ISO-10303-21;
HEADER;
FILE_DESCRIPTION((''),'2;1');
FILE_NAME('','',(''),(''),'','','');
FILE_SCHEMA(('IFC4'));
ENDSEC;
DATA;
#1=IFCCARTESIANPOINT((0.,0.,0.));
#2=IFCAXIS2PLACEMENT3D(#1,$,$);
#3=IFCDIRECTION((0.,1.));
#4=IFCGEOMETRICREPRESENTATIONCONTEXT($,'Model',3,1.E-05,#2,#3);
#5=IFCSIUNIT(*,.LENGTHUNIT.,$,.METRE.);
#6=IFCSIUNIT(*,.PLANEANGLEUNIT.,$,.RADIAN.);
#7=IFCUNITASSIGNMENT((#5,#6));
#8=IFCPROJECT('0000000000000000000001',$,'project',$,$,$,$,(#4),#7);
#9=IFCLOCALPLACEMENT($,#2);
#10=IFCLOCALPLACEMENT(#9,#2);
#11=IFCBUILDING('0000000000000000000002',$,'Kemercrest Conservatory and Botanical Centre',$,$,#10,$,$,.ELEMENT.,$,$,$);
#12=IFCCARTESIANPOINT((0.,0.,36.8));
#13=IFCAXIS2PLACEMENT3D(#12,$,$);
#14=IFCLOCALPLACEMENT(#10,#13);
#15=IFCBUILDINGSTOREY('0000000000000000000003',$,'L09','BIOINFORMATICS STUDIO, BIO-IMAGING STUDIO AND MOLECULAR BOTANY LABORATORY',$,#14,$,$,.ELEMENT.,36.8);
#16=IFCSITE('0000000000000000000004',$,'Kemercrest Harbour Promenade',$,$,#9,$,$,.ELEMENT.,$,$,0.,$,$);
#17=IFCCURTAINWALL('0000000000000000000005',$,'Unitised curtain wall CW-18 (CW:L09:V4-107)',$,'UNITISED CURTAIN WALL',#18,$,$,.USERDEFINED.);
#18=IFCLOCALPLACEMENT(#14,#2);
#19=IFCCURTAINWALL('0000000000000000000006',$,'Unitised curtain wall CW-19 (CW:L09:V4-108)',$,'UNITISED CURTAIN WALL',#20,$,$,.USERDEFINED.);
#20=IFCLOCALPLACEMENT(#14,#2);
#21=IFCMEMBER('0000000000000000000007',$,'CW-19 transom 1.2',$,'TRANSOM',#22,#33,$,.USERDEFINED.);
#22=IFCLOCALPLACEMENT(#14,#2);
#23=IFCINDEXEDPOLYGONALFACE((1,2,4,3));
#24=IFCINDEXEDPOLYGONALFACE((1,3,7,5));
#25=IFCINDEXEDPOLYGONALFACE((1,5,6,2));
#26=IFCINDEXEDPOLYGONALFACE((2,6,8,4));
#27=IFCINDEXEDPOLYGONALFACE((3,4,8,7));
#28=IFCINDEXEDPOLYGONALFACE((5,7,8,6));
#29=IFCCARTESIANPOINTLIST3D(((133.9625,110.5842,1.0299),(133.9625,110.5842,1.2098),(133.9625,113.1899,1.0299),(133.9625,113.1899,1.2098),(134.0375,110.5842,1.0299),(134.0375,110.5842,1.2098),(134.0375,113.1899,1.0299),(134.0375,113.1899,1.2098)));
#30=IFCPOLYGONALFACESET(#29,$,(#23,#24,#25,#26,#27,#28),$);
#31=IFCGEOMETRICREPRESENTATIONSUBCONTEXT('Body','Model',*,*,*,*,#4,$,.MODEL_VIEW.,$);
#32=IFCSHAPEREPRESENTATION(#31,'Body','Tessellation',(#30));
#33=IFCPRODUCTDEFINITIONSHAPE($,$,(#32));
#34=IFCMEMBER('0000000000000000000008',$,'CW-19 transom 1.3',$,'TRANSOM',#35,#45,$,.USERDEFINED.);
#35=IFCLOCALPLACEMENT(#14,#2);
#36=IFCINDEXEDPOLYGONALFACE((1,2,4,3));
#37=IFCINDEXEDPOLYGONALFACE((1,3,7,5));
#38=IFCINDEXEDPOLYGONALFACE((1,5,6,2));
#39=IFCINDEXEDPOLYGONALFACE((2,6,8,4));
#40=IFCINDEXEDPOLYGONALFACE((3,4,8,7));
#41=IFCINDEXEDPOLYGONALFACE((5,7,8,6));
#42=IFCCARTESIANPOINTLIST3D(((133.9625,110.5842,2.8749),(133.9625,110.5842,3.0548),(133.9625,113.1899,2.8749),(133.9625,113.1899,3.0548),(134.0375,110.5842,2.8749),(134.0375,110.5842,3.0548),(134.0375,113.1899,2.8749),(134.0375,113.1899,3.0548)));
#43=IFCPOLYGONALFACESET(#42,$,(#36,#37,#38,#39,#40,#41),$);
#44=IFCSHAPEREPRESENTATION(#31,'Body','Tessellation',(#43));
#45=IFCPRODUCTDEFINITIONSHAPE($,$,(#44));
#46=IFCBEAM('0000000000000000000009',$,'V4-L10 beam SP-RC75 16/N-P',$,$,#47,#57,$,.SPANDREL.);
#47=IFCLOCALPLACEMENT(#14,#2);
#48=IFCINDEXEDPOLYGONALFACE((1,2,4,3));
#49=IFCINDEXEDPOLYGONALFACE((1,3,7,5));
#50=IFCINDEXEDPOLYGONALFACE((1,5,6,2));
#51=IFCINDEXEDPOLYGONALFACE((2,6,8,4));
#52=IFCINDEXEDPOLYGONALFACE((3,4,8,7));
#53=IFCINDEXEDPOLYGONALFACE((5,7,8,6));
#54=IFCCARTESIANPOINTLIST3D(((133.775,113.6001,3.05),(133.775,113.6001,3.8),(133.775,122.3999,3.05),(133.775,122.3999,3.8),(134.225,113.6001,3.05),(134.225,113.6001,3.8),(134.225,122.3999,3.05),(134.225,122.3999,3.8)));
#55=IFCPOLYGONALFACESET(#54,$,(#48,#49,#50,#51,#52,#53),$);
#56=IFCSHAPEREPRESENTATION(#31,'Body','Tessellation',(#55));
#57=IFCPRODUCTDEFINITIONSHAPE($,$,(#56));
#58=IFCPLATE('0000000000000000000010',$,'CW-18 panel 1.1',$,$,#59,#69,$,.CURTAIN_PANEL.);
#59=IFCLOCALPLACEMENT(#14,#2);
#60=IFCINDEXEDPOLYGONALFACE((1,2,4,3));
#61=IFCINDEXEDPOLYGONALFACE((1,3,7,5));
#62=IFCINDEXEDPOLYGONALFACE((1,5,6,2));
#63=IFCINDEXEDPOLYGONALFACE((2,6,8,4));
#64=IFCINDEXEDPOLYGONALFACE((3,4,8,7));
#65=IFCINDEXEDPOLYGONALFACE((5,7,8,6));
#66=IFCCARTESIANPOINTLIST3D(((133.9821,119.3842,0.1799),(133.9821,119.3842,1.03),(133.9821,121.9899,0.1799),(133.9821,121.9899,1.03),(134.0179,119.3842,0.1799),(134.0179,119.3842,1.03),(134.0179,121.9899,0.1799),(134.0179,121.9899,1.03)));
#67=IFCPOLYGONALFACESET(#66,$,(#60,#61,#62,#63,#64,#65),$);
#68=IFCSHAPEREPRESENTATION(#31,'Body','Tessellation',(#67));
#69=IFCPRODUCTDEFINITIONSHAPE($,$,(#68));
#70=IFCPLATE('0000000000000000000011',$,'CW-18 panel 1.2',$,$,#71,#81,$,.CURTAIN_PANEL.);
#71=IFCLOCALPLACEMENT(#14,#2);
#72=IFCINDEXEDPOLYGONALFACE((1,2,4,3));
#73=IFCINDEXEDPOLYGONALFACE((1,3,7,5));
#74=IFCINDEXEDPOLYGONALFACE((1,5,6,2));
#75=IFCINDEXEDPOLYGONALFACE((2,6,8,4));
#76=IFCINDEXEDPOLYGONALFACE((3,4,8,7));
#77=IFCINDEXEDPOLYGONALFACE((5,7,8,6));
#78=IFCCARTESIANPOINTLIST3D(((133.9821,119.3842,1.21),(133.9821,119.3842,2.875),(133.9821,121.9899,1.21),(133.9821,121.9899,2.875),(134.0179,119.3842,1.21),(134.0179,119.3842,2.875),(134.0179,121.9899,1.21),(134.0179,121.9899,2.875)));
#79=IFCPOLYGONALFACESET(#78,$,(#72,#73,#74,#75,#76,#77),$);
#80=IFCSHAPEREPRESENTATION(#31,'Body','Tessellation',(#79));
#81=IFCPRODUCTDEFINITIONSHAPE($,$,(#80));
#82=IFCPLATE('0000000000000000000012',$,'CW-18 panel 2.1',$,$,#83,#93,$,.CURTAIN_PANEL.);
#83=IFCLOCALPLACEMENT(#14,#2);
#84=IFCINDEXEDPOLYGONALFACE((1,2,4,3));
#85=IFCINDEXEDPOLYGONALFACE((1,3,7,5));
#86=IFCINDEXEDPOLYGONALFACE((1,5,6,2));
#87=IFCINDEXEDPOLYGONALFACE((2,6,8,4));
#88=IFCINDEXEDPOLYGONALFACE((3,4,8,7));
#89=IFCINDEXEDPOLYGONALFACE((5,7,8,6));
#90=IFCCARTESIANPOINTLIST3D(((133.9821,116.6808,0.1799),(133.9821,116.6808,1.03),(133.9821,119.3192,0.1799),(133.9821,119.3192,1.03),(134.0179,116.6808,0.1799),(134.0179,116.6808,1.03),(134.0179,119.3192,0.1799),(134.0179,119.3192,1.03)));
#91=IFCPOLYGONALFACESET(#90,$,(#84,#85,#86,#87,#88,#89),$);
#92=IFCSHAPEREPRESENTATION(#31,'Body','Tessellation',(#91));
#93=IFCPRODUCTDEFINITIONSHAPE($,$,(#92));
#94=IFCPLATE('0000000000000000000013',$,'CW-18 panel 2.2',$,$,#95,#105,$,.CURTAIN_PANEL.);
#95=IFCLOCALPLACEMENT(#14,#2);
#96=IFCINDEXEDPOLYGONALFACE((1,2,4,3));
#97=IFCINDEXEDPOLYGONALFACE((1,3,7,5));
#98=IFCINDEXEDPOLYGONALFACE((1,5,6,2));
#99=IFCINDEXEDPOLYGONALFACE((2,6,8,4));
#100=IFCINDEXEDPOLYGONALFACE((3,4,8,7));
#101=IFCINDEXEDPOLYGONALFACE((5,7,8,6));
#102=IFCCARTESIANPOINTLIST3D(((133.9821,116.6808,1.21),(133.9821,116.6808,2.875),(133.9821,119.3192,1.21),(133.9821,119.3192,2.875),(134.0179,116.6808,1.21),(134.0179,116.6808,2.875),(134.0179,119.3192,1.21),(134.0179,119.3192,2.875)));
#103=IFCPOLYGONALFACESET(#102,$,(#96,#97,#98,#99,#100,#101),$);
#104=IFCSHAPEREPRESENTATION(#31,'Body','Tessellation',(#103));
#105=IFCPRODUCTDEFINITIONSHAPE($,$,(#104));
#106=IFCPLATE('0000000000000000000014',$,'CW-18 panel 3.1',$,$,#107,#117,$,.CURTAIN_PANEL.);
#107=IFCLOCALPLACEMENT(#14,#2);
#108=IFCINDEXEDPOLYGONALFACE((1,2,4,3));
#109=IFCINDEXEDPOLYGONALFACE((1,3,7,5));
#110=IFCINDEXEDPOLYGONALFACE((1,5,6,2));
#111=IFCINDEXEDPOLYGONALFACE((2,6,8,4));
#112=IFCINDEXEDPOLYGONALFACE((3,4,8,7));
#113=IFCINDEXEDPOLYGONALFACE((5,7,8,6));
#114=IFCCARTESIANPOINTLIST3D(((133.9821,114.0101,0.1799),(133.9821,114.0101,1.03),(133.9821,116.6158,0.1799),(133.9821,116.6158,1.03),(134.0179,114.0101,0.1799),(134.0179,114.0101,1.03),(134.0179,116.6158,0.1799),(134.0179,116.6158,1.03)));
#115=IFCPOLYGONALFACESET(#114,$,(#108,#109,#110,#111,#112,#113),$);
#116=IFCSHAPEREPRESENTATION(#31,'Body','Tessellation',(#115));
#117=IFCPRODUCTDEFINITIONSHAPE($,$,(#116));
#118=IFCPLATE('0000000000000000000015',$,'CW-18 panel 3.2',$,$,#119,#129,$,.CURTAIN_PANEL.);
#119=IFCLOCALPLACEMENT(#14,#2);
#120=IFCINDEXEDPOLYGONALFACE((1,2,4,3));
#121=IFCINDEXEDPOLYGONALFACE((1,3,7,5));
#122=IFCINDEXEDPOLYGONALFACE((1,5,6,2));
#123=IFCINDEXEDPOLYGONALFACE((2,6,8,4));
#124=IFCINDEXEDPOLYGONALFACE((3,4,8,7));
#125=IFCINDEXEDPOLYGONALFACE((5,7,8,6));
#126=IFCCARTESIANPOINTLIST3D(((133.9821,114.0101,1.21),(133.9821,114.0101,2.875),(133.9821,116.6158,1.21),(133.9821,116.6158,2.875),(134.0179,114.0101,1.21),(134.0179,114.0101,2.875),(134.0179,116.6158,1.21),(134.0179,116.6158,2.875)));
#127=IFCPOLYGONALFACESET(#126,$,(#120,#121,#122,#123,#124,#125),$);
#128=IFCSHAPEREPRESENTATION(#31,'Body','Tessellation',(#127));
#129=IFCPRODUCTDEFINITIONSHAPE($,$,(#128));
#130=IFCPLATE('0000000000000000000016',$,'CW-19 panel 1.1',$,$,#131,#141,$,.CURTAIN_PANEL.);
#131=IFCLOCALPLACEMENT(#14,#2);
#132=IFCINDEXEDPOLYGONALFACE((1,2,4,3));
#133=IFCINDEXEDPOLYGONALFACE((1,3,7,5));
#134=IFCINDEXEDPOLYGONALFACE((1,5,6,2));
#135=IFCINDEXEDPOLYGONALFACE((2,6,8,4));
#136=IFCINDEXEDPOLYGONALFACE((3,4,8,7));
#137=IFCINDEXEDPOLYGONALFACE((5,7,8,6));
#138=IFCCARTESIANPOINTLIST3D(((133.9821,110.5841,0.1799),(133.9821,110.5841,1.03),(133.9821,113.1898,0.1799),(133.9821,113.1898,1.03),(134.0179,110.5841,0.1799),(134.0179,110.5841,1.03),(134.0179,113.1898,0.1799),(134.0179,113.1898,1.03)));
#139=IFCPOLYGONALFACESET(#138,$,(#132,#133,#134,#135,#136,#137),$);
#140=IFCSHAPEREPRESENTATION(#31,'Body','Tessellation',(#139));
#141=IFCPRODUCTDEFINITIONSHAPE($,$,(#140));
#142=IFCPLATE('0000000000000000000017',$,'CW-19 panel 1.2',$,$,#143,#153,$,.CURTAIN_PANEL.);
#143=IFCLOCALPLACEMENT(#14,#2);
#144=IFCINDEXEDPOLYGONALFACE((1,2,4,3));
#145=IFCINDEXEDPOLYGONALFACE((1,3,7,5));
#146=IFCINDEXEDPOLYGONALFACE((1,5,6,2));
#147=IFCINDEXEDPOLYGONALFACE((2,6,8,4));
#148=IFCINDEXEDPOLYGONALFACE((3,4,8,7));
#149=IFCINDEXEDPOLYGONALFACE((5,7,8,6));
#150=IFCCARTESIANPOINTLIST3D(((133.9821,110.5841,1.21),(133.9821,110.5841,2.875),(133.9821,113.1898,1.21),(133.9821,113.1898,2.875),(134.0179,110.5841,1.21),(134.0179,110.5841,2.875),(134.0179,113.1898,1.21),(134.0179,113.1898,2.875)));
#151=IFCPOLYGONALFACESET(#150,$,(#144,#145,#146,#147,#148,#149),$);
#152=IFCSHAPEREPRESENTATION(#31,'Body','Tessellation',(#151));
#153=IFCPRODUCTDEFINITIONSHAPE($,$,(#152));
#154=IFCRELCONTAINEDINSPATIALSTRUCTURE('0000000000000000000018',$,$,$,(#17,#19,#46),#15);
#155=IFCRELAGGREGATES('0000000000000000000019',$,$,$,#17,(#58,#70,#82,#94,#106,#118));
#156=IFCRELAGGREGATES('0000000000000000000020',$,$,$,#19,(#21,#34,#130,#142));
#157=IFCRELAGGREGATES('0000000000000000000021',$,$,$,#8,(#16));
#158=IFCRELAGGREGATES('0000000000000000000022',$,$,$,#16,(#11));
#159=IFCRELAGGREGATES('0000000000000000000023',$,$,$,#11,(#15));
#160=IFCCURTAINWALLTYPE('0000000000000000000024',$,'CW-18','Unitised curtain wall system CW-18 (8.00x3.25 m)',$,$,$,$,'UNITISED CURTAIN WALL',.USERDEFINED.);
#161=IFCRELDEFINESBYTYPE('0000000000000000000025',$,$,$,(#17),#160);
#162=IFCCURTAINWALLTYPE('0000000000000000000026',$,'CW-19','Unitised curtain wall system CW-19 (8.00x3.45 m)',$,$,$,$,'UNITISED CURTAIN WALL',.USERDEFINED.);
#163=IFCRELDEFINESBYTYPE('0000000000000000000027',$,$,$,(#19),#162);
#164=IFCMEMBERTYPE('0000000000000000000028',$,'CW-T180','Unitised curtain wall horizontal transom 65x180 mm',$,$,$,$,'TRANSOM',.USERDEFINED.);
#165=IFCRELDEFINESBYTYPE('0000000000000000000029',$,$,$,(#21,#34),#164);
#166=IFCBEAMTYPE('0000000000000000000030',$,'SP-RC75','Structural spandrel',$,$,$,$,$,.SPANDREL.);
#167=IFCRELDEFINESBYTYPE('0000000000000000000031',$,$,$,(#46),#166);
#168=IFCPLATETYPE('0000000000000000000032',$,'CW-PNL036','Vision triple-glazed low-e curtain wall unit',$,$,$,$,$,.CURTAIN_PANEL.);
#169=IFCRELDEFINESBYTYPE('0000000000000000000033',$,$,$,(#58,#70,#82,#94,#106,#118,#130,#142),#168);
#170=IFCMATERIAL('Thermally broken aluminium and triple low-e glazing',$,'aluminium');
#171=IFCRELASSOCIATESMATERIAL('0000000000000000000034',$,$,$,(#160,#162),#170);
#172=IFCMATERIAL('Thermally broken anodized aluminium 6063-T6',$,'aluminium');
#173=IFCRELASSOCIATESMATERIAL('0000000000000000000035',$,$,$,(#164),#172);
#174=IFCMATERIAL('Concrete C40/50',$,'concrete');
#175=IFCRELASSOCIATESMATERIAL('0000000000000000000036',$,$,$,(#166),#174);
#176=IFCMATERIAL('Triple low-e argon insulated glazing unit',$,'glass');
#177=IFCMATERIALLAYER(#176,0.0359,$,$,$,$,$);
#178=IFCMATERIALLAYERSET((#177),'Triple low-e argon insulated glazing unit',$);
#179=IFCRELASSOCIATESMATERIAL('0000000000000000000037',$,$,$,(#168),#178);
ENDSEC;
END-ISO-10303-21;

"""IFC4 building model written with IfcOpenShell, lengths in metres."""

from ifc_helpers import new_model, si_unit, direction, frame, origin, origin_2d, place, context, subcontext, project, spatial, rectangle, extrude, material, layer, layer_set, material_profile, profile_set, type_object, element, aggregate, save


model = new_model("IFC4")

# Units and contexts
model_context = context("Model", 3, precision=1e-05, world=origin(), true_north=direction((0.0, 1.0)))
body_context = subcontext(model_context, "Body", "Model", "MODEL_VIEW")
ifc_project = project(units=[si_unit("LENGTHUNIT", "METRE"), si_unit("PLANEANGLEUNIT", "RADIAN")], contexts=[model_context])

# Site, building, storey
site_placement = place(None, origin())
site = spatial("IfcSite", under=ifc_project, at=site_placement, Name="Kemercrest Harbour Promenade", CompositionType="ELEMENT", RefElevation=0.0)
building_placement = place(site_placement, origin())
building = spatial("IfcBuilding", under=site, at=building_placement, Name="Kemercrest Conservatory and Botanical Centre", CompositionType="ELEMENT")
storey_placement = place(building_placement, frame((0.0, 0.0, 36.8)))
storey = spatial("IfcBuildingStorey", under=building, at=storey_placement, Name="L09", Description="BIOINFORMATICS STUDIO, BIO-IMAGING STUDIO AND MOLECULAR BOTANY LABORATORY", CompositionType="ELEMENT", Elevation=36.8)

# Curtain wall
ifc_material_1 = material(Name="Thermally broken aluminium and triple low-e glazing", Category="aluminium")
curtain_wall_type_1 = type_object("IfcCurtainWallType", Name="CW-18", Description="Unitised curtain wall system CW-18 (8.00x3.25 m)", ElementType="UNITISED CURTAIN WALL", PredefinedType="USERDEFINED", material=ifc_material_1)
curtain_wall_1_placement = place(storey_placement, origin())
curtain_wall_1 = element("IfcCurtainWall", 1, at=curtain_wall_1_placement, inside=storey, type_object=curtain_wall_type_1, Name="Unitised curtain wall CW-18 (CW:L09:V4-107)", ObjectType="UNITISED CURTAIN WALL", PredefinedType="USERDEFINED")
ifc_material_2 = material(Name="Thermally broken anodized aluminium 6063-T6", Category="aluminium")

# Curtain wall
curtain_wall_type_2 = type_object("IfcCurtainWallType", Name="CW-19", Description="Unitised curtain wall system CW-19 (8.00x3.45 m)", ElementType="UNITISED CURTAIN WALL", PredefinedType="USERDEFINED", material=ifc_material_1)
curtain_wall_2_placement = place(storey_placement, origin())
curtain_wall_2 = element("IfcCurtainWall", 2, at=curtain_wall_2_placement, inside=storey, type_object=curtain_wall_type_2, Name="Unitised curtain wall CW-19 (CW:L09:V4-108)", ObjectType="UNITISED CURTAIN WALL", PredefinedType="USERDEFINED")

# Members
ifc_material_profile_1 = material_profile(ifc_material_2, rectangle(XDim=0.075, YDim=0.1799, at=origin_2d()), Name="AL TRANSOM 75x180")
ifc_profile_set_1 = profile_set([ifc_material_profile_1], Name="Thermally broken anodized aluminium 6063-T6")
member_type_1 = type_object("IfcMemberType", Name="CW-T180", Description="Unitised curtain wall horizontal transom 65x180 mm", ElementType="TRANSOM", PredefinedType="USERDEFINED", material=ifc_profile_set_1)
member_1_placement = place(storey_placement, frame((134.0, 113.1899, 1.1199), z_axis=(0.0, -1.0, 0.0), x_axis=(1.0, 0.0, 0.0)))
member_1 = element("IfcMember", 3, at=member_1_placement, type_object=member_type_1, Name="CW-19 transom 1.2", ObjectType="TRANSOM", PredefinedType="USERDEFINED", context=body_context, shape_type="SweptSolid", body=[
    extrude(rectangle(XDim=0.075, YDim=0.1799, at=origin_2d()), origin(), (0.0, 0.0, 1.0), 2.6057),
])
member_2_placement = place(storey_placement, frame((134.0, 113.1899, 2.9648), z_axis=(0.0, -1.0, 0.0), x_axis=(1.0, 0.0, 0.0)))
member_2 = element("IfcMember", 4, at=member_2_placement, type_object=member_type_1, Name="CW-19 transom 1.3", ObjectType="TRANSOM", PredefinedType="USERDEFINED", context=body_context, shape_type="SweptSolid", body=[
    extrude(rectangle(XDim=0.075, YDim=0.1799, at=origin_2d()), origin(), (0.0, 0.0, 1.0), 2.6057),
])

# Beam
ifc_material_3 = material(Name="Concrete C40/50", Category="concrete")
ifc_material_profile_2 = material_profile(ifc_material_3, rectangle(XDim=0.45, YDim=0.75, at=origin_2d()), Name="RC 450x750")
ifc_profile_set_2 = profile_set([ifc_material_profile_2], Name="Concrete C40/50")
beam_type = type_object("IfcBeamType", Name="SP-RC75", Description="Structural spandrel", PredefinedType="SPANDREL", material=ifc_profile_set_2)
beam_placement = place(storey_placement, frame((134.0, 113.6001, 3.425), z_axis=(0.0, 1.0, 0.0), x_axis=(-1.0, 0.0, 0.0)))
element("IfcBeam", 5, at=beam_placement, inside=storey, type_object=beam_type, Name="V4-L10 beam SP-RC75 16/N-P", PredefinedType="SPANDREL", context=body_context, shape_type="SweptSolid", body=[
    extrude(rectangle(XDim=0.45, YDim=0.75, at=origin_2d()), origin(), (0.0, 0.0, 1.0), 8.7998),
])

# Plates
ifc_material_4 = material(Name="Triple low-e argon insulated glazing unit", Category="glass")
ifc_layer = layer(ifc_material_4, 0.0359)
ifc_layer_set = layer_set([ifc_layer], Name="Triple low-e argon insulated glazing unit")
plate_type = type_object("IfcPlateType", Name="CW-PNL036", Description="Vision triple-glazed low-e curtain wall unit", PredefinedType="CURTAIN_PANEL", material=ifc_layer_set)
plate_1_placement = place(storey_placement, frame((134.0, 120.687, 0.1799), z_axis=(0.0, 0.0, 1.0), x_axis=(0.0, -1.0, 0.0)))
plate_1 = element("IfcPlate", 6, at=plate_1_placement, type_object=plate_type, Name="CW-18 panel 1.1", PredefinedType="CURTAIN_PANEL", context=body_context, shape_type="SweptSolid", body=[
    extrude(rectangle(XDim=2.6057, YDim=0.0359, at=origin_2d()), origin(), (0.0, 0.0, 1.0), 0.8501),
])
plate_2_placement = place(storey_placement, frame((134.0, 120.687, 1.21), z_axis=(0.0, 0.0, 1.0), x_axis=(0.0, -1.0, 0.0)))
plate_2 = element("IfcPlate", 7, at=plate_2_placement, type_object=plate_type, Name="CW-18 panel 1.2", PredefinedType="CURTAIN_PANEL", context=body_context, shape_type="SweptSolid", body=[
    extrude(rectangle(XDim=2.6057, YDim=0.0359, at=origin_2d()), origin(), (0.0, 0.0, 1.0), 1.665),
])
plate_3_placement = place(storey_placement, frame((134.0, 118.0, 0.1799), z_axis=(0.0, 0.0, 1.0), x_axis=(0.0, -1.0, 0.0)))
plate_3 = element("IfcPlate", 8, at=plate_3_placement, type_object=plate_type, Name="CW-18 panel 2.1", PredefinedType="CURTAIN_PANEL", context=body_context, shape_type="SweptSolid", body=[
    extrude(rectangle(XDim=2.6384, YDim=0.0359, at=origin_2d()), origin(), (0.0, 0.0, 1.0), 0.8501),
])
plate_4_placement = place(storey_placement, frame((134.0, 118.0, 1.21), z_axis=(0.0, 0.0, 1.0), x_axis=(0.0, -1.0, 0.0)))
plate_4 = element("IfcPlate", 9, at=plate_4_placement, type_object=plate_type, Name="CW-18 panel 2.2", PredefinedType="CURTAIN_PANEL", context=body_context, shape_type="SweptSolid", body=[
    extrude(rectangle(XDim=2.6384, YDim=0.0359, at=origin_2d()), origin(), (0.0, 0.0, 1.0), 1.665),
])
plate_5_placement = place(storey_placement, frame((134.0, 115.313, 0.1799), z_axis=(0.0, 0.0, 1.0), x_axis=(0.0, -1.0, 0.0)))
plate_5 = element("IfcPlate", 10, at=plate_5_placement, type_object=plate_type, Name="CW-18 panel 3.1", PredefinedType="CURTAIN_PANEL", context=body_context, shape_type="SweptSolid", body=[
    extrude(rectangle(XDim=2.6057, YDim=0.0359, at=origin_2d()), origin(), (0.0, 0.0, 1.0), 0.8501),
])
plate_6_placement = place(storey_placement, frame((134.0, 115.313, 1.21), z_axis=(0.0, 0.0, 1.0), x_axis=(0.0, -1.0, 0.0)))
plate_6 = element("IfcPlate", 11, at=plate_6_placement, type_object=plate_type, Name="CW-18 panel 3.2", PredefinedType="CURTAIN_PANEL", context=body_context, shape_type="SweptSolid", body=[
    extrude(rectangle(XDim=2.6057, YDim=0.0359, at=origin_2d()), origin(), (0.0, 0.0, 1.0), 1.665),
])
aggregate(curtain_wall_1, [plate_1, plate_2, plate_3, plate_4, plate_5, plate_6])
plate_7_placement = place(storey_placement, frame((134.0, 111.887, 0.1799), z_axis=(0.0, 0.0, 1.0), x_axis=(0.0, -1.0, 0.0)))
plate_7 = element("IfcPlate", 12, at=plate_7_placement, type_object=plate_type, Name="CW-19 panel 1.1", PredefinedType="CURTAIN_PANEL", context=body_context, shape_type="SweptSolid", body=[
    extrude(rectangle(XDim=2.6057, YDim=0.0359, at=origin_2d()), origin(), (0.0, 0.0, 1.0), 0.8501),
])
plate_8_placement = place(storey_placement, frame((134.0, 111.887, 1.21), z_axis=(0.0, 0.0, 1.0), x_axis=(0.0, -1.0, 0.0)))
plate_8 = element("IfcPlate", 13, at=plate_8_placement, type_object=plate_type, Name="CW-19 panel 1.2", PredefinedType="CURTAIN_PANEL", context=body_context, shape_type="SweptSolid", body=[
    extrude(rectangle(XDim=2.6057, YDim=0.0359, at=origin_2d()), origin(), (0.0, 0.0, 1.0), 1.665),
])
aggregate(curtain_wall_2, [member_1, member_2, plate_7, plate_8])

save(model, "model.ifc")
